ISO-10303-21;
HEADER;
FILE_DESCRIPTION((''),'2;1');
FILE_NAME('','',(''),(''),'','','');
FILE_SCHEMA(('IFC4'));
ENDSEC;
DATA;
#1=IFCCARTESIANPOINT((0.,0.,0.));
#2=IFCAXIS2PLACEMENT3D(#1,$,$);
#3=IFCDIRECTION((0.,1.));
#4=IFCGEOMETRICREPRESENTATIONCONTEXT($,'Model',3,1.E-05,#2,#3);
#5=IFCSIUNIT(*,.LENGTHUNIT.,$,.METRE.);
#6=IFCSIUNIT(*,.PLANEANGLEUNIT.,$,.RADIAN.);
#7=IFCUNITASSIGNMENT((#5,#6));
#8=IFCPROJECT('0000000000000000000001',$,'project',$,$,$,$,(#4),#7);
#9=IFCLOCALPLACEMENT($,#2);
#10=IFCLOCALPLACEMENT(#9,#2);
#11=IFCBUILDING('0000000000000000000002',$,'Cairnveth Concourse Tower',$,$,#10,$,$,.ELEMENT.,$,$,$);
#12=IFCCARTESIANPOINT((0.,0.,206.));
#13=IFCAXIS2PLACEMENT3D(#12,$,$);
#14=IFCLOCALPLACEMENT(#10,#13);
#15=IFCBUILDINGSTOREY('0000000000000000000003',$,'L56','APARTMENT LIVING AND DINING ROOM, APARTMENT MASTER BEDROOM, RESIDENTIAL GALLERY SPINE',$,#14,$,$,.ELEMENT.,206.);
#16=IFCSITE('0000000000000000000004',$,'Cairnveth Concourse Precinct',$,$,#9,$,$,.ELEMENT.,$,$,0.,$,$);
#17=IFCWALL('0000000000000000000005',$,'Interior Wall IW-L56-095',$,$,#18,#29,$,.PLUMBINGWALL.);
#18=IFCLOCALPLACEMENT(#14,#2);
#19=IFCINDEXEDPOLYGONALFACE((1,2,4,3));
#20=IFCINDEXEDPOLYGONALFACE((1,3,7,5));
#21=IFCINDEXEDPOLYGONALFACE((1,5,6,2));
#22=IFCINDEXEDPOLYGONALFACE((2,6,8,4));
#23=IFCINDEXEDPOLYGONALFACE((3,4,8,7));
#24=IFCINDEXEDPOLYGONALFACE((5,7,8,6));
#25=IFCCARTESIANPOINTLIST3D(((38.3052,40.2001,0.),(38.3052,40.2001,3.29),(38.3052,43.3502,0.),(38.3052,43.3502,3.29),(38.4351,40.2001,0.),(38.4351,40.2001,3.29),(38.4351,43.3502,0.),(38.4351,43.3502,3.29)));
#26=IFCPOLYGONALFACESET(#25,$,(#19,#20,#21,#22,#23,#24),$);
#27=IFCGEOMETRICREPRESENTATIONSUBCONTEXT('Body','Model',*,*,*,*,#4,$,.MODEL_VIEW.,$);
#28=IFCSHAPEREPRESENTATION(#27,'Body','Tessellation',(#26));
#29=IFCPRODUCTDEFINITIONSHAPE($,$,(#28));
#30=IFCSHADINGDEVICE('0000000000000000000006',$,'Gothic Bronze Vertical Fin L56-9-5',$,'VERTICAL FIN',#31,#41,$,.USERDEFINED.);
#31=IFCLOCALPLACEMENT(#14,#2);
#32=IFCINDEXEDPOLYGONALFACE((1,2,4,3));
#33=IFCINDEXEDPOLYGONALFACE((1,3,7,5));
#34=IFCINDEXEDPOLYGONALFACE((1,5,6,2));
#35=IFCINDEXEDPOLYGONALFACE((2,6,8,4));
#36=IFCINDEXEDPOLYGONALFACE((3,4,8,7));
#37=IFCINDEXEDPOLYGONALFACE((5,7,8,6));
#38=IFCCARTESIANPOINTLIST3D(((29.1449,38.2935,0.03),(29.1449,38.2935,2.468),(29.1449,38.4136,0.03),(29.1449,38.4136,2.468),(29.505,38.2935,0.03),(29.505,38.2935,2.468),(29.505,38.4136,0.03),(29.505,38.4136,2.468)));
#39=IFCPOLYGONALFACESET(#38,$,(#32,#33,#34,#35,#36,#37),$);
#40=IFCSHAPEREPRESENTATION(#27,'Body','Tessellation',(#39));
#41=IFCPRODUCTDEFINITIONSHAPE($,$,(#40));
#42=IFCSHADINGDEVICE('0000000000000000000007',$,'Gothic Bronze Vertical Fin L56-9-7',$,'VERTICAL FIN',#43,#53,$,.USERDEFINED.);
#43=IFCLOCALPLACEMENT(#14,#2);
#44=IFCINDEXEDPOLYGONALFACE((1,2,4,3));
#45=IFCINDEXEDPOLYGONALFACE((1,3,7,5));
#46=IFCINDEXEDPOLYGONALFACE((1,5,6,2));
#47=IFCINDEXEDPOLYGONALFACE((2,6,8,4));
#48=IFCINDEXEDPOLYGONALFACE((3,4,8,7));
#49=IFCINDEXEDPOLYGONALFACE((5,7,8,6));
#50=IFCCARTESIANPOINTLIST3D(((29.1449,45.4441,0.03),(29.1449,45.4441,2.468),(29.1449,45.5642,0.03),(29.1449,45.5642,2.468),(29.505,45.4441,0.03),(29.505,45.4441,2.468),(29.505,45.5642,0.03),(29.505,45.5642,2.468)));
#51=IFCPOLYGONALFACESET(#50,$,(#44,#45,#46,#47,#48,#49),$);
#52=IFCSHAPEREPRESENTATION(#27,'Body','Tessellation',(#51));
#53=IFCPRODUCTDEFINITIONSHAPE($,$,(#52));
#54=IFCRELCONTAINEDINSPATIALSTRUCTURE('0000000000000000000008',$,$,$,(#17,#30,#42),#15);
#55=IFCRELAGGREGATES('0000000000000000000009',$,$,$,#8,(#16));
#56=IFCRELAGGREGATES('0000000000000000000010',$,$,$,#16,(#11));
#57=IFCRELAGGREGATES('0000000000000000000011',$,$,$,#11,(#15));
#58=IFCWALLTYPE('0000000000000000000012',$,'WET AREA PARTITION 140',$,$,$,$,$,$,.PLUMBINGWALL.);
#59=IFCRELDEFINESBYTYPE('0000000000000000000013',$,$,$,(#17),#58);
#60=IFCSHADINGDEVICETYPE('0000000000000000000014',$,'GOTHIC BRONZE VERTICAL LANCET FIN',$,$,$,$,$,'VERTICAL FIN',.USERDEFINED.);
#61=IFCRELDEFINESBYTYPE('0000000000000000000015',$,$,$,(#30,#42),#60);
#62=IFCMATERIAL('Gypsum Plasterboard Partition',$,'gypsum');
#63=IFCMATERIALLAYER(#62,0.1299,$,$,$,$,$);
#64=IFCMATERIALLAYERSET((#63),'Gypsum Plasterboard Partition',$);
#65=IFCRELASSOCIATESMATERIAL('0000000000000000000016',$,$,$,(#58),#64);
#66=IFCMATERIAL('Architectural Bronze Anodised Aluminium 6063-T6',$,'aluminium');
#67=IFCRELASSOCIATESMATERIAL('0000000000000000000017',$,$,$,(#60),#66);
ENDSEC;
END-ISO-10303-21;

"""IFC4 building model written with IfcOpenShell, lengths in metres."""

from ifc_helpers import new_model, si_unit, direction, frame, frame_2d, origin, origin_2d, place, context, subcontext, project, spatial, rectangle, extrude, material, layer, layer_set, type_object, element, save


model = new_model("IFC4")

# Units and contexts
model_context = context("Model", 3, precision=1e-05, world=origin(), true_north=direction((0.0, 1.0)))
body_context = subcontext(model_context, "Body", "Model", "MODEL_VIEW")
ifc_project = project(units=[si_unit("LENGTHUNIT", "METRE"), si_unit("PLANEANGLEUNIT", "RADIAN")], contexts=[model_context])

# Site, building, storey
site_placement = place(None, origin())
site = spatial("IfcSite", under=ifc_project, at=site_placement, Name="Cairnveth Concourse Precinct", CompositionType="ELEMENT", RefElevation=0.0)
building_placement = place(site_placement, origin())
building = spatial("IfcBuilding", under=site, at=building_placement, Name="Cairnveth Concourse Tower", CompositionType="ELEMENT")
storey_placement = place(building_placement, frame((0.0, 0.0, 206.0)))
storey = spatial("IfcBuildingStorey", under=building, at=storey_placement, Name="L56", Description="APARTMENT LIVING AND DINING ROOM, APARTMENT MASTER BEDROOM, RESIDENTIAL GALLERY SPINE", CompositionType="ELEMENT", Elevation=206.0)

# Shared definitions
ifc_material_1 = material(Name="Gypsum Plasterboard Partition", Category="gypsum")
ifc_layer_1 = layer(ifc_material_1, 0.1299)
ifc_layer_set_1 = layer_set([ifc_layer_1], Name="Gypsum Plasterboard Partition")
wall_type_1 = type_object("IfcWallType", Name="WET AREA PARTITION 140", PredefinedType="PLUMBINGWALL", material=ifc_layer_set_1)

# Wall
wall_1_placement = place(storey_placement, frame((38.3701, 40.2, 0.0), z_axis=(0.0, 0.0, 1.0), x_axis=(0.0, 1.0, 0.0)))
element("IfcWall", 1, at=wall_1_placement, inside=storey, type_object=wall_type_1, Name="Interior Wall IW-L56-095", PredefinedType="PLUMBINGWALL", context=body_context, shape_type="SweptSolid", body=[
    extrude(rectangle(XDim=3.1501, YDim=0.1299, at=frame_2d((1.5752, 0.0))), origin(), (0.0, 0.0, 1.0), 3.29),
])

# Shading devices
ifc_material_2 = material(Name="Architectural Bronze Anodised Aluminium 6063-T6", Category="aluminium")
shading_device_type = type_object("IfcShadingDeviceType", Name="GOTHIC BRONZE VERTICAL LANCET FIN", ElementType="VERTICAL FIN", PredefinedType="USERDEFINED", material=ifc_material_2)
for number, where, z_axis, x_axis, name in (
    (2, (29.325, 38.3535, 0.03), (0.0, 0.0, 1.0), (0.0, 1.0, 0.0), "Gothic Bronze Vertical Fin L56-9-5"),
    (3, (29.325, 45.5042, 0.03), (0.0, 0.0, 1.0), (0.0, 1.0, 0.0), "Gothic Bronze Vertical Fin L56-9-7"),
):
    element("IfcShadingDevice", number, at=place(storey_placement, frame(where, z_axis=z_axis, x_axis=x_axis)), inside=storey, type_object=shading_device_type, Name=name, ObjectType="VERTICAL FIN", PredefinedType="USERDEFINED", context=body_context, shape_type="SweptSolid", body=[
        extrude(rectangle(XDim=0.1201, YDim=0.3601, at=origin_2d()), origin(), (0.0, 0.0, 1.0), 2.438),
    ])

save(model, "model.ifc")
